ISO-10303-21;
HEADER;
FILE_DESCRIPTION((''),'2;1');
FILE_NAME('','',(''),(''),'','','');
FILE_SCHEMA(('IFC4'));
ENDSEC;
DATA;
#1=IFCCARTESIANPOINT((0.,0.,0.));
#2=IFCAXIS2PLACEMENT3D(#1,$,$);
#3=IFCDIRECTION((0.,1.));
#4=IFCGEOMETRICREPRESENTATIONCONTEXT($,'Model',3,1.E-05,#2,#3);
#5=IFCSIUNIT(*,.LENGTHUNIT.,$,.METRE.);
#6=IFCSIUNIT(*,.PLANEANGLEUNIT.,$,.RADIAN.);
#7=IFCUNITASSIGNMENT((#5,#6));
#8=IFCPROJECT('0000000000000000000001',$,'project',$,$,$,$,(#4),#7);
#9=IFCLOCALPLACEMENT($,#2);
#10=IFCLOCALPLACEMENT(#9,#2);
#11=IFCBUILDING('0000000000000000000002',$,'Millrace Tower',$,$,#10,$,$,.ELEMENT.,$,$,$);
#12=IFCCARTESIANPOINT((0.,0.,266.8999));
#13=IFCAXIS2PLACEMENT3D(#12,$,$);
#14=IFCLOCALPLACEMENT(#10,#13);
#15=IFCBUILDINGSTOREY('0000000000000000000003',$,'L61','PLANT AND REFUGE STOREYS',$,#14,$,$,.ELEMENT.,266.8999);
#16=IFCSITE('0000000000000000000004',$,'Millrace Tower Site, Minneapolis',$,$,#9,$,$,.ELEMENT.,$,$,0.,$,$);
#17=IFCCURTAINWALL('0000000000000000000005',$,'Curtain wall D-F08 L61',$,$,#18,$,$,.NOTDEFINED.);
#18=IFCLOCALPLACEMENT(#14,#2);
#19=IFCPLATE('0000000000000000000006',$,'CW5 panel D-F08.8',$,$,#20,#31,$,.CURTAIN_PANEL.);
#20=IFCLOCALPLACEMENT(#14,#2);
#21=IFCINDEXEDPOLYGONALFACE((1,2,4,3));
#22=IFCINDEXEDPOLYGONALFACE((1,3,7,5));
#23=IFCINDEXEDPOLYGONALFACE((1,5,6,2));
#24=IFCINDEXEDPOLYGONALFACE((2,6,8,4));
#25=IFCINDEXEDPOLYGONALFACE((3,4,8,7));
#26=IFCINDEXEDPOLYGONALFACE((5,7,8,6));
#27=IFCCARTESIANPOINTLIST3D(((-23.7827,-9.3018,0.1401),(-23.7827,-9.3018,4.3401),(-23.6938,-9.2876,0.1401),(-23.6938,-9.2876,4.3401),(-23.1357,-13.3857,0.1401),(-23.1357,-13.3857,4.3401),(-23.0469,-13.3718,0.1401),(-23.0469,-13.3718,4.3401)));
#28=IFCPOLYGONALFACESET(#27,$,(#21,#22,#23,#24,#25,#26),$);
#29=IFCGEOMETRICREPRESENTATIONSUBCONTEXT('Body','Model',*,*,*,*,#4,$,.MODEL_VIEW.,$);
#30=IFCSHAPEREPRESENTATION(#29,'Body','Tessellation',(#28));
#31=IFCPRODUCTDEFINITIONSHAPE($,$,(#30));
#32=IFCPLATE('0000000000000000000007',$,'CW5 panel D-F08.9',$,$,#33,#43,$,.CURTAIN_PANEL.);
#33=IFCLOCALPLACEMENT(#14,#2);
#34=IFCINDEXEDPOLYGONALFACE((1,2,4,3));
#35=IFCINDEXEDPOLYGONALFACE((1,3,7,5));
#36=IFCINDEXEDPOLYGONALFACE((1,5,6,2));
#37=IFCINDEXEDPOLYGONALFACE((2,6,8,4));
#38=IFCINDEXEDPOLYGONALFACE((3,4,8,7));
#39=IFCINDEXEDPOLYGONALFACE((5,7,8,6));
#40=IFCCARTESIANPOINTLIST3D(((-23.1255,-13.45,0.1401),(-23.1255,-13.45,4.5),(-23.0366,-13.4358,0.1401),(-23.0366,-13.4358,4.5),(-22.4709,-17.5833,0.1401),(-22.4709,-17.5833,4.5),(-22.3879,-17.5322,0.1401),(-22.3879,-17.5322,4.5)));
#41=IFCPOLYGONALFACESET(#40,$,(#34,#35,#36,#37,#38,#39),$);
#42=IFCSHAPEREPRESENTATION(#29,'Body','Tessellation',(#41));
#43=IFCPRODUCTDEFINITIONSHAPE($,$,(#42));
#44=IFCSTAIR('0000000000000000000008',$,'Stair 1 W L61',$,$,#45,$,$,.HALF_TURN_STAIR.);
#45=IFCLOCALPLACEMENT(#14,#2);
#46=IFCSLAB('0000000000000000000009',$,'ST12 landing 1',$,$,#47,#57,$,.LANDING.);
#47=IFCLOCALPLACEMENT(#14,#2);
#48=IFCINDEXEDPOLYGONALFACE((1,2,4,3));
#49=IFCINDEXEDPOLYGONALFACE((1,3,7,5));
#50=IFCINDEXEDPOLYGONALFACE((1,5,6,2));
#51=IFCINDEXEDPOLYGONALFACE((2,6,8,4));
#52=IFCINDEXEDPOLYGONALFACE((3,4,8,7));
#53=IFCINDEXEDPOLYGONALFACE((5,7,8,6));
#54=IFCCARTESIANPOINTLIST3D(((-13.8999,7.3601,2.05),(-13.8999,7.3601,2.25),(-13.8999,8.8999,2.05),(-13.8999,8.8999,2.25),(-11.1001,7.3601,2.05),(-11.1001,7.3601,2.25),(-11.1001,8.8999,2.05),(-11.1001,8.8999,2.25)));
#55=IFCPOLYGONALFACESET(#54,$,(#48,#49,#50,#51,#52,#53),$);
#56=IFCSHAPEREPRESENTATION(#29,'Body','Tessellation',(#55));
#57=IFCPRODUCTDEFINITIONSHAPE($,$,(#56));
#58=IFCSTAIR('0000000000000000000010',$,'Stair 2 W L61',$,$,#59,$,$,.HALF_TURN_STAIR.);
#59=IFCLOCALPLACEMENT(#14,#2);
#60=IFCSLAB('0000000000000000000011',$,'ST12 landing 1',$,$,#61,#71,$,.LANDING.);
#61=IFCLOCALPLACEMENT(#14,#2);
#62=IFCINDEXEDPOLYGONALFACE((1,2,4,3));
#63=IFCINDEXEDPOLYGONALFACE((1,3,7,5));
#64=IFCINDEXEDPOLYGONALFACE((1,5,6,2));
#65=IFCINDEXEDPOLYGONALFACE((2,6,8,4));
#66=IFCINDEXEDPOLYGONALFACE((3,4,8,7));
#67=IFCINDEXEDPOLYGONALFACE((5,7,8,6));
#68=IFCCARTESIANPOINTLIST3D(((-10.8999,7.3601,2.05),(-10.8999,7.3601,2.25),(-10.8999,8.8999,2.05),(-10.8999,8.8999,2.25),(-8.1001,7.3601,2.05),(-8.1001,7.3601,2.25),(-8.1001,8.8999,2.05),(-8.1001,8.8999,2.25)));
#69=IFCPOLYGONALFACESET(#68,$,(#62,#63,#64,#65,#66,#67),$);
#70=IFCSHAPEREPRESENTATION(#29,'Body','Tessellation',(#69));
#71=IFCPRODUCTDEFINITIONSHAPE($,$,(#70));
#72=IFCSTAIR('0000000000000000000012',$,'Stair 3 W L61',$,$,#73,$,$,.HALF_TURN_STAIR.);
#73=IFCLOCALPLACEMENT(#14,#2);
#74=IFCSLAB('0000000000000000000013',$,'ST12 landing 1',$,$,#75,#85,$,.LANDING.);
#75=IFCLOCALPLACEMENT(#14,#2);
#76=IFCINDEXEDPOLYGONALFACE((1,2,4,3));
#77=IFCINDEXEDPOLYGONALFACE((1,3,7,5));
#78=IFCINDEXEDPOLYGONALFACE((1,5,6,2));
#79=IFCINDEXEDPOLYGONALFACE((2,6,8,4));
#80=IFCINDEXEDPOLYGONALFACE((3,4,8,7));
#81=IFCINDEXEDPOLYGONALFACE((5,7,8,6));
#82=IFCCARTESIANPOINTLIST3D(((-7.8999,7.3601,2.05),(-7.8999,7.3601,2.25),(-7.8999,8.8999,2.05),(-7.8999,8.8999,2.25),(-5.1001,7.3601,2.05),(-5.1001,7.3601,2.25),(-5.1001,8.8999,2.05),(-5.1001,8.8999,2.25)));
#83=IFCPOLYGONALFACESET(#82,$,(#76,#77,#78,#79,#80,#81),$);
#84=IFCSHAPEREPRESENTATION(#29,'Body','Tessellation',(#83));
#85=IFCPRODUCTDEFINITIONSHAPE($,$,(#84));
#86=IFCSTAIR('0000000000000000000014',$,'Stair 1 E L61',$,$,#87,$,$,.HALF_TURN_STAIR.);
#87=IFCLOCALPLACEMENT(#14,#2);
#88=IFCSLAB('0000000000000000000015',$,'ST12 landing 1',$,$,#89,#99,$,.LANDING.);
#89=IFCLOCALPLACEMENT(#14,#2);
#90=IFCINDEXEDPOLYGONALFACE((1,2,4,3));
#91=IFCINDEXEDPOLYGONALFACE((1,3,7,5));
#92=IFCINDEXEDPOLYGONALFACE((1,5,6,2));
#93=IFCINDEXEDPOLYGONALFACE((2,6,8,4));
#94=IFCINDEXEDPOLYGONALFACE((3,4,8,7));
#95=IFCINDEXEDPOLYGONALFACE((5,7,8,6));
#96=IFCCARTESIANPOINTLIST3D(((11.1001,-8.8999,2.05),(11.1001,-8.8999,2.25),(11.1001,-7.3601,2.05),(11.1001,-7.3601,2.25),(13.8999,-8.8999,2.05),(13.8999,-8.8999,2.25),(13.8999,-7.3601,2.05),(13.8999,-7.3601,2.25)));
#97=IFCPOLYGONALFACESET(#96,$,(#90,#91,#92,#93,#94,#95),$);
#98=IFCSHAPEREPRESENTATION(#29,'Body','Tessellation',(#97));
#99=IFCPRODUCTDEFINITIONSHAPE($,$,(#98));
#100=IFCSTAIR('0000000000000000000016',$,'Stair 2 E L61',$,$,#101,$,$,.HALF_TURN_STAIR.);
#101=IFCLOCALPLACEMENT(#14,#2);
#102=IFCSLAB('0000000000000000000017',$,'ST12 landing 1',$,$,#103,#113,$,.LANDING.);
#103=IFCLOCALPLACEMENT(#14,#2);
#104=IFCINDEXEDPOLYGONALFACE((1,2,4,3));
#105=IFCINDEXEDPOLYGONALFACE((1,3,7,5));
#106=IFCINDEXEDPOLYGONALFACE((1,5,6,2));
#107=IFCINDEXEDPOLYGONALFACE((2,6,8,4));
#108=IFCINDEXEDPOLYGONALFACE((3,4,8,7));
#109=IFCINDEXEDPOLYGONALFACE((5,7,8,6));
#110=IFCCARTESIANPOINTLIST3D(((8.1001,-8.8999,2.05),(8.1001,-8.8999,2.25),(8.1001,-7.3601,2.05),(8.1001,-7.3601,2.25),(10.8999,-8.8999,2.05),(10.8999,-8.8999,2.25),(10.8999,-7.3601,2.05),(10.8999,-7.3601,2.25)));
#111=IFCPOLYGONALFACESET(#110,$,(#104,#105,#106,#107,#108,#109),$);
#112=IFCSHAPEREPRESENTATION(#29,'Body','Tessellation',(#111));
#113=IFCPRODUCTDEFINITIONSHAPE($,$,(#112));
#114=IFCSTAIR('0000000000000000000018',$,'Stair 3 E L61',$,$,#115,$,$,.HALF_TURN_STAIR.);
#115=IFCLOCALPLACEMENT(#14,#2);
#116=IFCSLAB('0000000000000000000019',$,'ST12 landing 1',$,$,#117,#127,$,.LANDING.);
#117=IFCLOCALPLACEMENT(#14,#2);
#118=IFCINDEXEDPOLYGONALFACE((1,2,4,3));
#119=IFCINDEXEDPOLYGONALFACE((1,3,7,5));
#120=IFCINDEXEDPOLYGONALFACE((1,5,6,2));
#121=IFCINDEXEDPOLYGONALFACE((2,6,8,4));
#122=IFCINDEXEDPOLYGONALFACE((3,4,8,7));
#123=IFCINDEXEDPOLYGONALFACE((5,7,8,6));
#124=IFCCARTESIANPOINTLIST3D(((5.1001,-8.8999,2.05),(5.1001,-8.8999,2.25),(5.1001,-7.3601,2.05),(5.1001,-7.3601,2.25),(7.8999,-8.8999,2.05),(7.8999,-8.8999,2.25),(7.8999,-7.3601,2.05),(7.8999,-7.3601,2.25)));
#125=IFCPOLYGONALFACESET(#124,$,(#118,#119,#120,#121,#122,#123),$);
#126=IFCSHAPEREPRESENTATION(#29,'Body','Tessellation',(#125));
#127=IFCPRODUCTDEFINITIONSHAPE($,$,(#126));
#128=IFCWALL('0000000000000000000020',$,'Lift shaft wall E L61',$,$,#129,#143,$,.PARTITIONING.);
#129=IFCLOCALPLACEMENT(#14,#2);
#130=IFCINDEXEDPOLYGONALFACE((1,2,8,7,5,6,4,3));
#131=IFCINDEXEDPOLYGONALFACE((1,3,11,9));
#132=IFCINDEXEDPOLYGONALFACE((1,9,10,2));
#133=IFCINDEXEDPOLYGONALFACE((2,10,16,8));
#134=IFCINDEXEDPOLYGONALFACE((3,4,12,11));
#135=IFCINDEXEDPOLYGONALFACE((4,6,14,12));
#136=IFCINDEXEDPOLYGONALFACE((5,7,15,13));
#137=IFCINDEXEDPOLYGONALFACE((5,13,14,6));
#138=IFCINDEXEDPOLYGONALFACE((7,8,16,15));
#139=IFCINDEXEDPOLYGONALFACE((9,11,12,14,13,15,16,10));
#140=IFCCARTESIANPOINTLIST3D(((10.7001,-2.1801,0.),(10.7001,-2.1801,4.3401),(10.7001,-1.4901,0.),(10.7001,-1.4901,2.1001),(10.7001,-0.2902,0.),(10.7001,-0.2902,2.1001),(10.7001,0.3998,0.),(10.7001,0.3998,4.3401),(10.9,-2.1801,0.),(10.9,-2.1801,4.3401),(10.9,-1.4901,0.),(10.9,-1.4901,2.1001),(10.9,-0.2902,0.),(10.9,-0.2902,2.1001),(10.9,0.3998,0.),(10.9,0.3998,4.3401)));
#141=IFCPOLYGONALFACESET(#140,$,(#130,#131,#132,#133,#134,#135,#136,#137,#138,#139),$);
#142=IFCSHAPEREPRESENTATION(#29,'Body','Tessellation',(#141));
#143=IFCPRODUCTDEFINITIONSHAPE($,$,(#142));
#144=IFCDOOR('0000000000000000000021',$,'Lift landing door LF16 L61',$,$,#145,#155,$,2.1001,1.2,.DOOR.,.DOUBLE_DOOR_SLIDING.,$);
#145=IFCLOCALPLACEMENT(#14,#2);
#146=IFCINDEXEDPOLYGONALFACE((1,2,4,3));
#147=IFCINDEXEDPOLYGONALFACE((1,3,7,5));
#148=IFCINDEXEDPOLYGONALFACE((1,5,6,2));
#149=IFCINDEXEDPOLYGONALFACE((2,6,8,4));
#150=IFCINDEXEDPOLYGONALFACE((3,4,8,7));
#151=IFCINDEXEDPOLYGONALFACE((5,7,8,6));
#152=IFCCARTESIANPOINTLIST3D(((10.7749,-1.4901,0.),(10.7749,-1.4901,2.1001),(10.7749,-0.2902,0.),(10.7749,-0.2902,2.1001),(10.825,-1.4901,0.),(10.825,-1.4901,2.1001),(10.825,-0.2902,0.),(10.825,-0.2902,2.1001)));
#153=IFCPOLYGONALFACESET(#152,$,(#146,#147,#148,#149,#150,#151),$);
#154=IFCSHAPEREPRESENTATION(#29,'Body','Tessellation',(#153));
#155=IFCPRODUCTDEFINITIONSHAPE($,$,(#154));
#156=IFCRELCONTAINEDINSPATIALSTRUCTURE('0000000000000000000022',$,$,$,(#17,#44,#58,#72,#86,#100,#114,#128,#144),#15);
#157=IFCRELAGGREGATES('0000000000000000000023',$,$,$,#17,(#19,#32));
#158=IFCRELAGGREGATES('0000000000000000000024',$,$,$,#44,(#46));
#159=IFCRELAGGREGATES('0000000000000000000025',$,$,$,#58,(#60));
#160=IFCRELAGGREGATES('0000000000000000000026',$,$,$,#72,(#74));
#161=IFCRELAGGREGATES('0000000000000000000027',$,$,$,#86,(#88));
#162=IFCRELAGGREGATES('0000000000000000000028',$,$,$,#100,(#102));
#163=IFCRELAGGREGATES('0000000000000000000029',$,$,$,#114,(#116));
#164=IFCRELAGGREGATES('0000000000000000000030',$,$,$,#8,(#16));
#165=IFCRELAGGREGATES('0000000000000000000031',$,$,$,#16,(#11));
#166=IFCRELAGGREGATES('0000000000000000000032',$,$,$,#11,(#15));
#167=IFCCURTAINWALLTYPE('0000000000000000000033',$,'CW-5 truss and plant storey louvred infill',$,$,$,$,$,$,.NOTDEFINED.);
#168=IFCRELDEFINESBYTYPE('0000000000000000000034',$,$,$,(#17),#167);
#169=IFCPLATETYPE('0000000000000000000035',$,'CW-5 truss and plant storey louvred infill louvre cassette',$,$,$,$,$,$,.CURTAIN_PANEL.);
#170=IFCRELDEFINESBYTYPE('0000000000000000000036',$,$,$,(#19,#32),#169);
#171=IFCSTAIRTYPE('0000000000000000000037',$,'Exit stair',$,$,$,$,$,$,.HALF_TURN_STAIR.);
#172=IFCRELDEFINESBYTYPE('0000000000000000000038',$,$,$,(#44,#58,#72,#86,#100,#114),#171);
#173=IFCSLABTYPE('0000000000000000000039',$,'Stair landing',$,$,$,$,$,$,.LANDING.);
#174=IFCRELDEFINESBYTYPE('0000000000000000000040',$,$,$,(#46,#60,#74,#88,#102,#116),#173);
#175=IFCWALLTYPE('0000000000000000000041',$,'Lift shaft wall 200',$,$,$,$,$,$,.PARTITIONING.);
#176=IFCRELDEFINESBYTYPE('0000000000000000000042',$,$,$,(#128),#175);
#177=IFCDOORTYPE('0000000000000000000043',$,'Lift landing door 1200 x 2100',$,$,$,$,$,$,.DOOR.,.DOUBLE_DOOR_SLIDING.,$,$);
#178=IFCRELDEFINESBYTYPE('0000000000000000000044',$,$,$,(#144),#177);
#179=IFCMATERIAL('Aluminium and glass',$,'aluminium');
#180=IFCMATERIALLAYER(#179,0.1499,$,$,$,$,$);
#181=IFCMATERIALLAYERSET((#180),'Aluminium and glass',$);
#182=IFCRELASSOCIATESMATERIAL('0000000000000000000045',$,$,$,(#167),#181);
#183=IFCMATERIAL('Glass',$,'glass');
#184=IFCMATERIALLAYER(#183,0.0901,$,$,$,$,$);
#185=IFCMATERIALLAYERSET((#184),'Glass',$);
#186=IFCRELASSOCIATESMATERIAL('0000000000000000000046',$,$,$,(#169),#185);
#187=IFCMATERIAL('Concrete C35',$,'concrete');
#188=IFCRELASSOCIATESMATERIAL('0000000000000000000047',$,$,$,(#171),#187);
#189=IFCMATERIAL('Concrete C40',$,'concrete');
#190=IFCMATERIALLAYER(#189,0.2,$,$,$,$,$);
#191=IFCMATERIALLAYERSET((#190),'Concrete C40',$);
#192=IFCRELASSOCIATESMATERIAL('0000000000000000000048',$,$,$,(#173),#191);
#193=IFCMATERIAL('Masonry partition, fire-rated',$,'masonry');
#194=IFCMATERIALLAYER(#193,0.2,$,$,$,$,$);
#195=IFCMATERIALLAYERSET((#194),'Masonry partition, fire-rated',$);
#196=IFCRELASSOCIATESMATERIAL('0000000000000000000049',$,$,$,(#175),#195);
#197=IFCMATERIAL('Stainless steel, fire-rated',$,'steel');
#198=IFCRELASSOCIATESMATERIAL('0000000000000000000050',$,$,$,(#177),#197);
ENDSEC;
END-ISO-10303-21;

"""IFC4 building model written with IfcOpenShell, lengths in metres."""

from ifc_helpers import new_model, si_unit, direction, frame, frame_2d, origin, place, context, subcontext, project, spatial, polyline, rectangle, outline, extrude, material, layer, layer_set, type_object, element, fill, aggregate, save


model = new_model("IFC4")

# Units and contexts
model_context = context("Model", 3, precision=1e-05, world=origin(), true_north=direction((0.0, 1.0)))
body_context = subcontext(model_context, "Body", "Model", "MODEL_VIEW")
ifc_project = project(units=[si_unit("LENGTHUNIT", "METRE"), si_unit("PLANEANGLEUNIT", "RADIAN")], contexts=[model_context])

# Site, building, storey
site_placement = place(None, origin())
site = spatial("IfcSite", under=ifc_project, at=site_placement, Name="Millrace Tower Site, Minneapolis", CompositionType="ELEMENT", RefElevation=0.0)
building_placement = place(site_placement, origin())
building = spatial("IfcBuilding", under=site, at=building_placement, Name="Millrace Tower", CompositionType="ELEMENT")
storey_placement = place(building_placement, frame((0.0, 0.0, 266.8999)))
storey = spatial("IfcBuildingStorey", under=building, at=storey_placement, Name="L61", Description="PLANT AND REFUGE STOREYS", CompositionType="ELEMENT", Elevation=266.8999)

# Shared definitions
ifc_material_1 = material(Name="Aluminium and glass", Category="aluminium")
ifc_layer_1 = layer(ifc_material_1, 0.1499)
ifc_layer_set_1 = layer_set([ifc_layer_1], Name="Aluminium and glass")
curtain_wall_type = type_object("IfcCurtainWallType", Name="CW-5 truss and plant storey louvred infill", PredefinedType="NOTDEFINED", material=ifc_layer_set_1)
placement_1 = place(storey_placement, origin())
ifc_material_2 = material(Name="Glass", Category="glass")
ifc_layer_2 = layer(ifc_material_2, 0.0901)
ifc_layer_set_2 = layer_set([ifc_layer_2], Name="Glass")
plate_type = type_object("IfcPlateType", Name="CW-5 truss and plant storey louvred infill louvre cassette", PredefinedType="CURTAIN_PANEL", material=ifc_layer_set_2)
placement_2 = place(storey_placement, frame((0.0, 0.0, 0.1401)))

# Curtain wall, plates
curtain_wall_1 = element("IfcCurtainWall", 1, at=placement_1, inside=storey, type_object=curtain_wall_type, Name="Curtain wall D-F08 L61", PredefinedType="NOTDEFINED")
plate_1 = element("IfcPlate", 2, at=placement_2, type_object=plate_type, Name="CW5 panel D-F08.8", PredefinedType="CURTAIN_PANEL", context=body_context, shape_type="SweptSolid", body=[
    extrude(outline(polyline([(-23.7827, -9.3018), (-23.1357, -13.3857), (-23.0469, -13.3718), (-23.6938, -9.2876), (-23.7827, -9.3018)])), origin(), (0.0, 0.0, 1.0), 4.2),
])
plate_2 = element("IfcPlate", 3, at=placement_2, type_object=plate_type, Name="CW5 panel D-F08.9", PredefinedType="CURTAIN_PANEL", context=body_context, shape_type="SweptSolid", body=[
    extrude(outline(polyline([(-23.1255, -13.45), (-22.4709, -17.5833), (-22.3879, -17.5322), (-23.0366, -13.4358), (-23.1255, -13.45)])), origin(), (0.0, 0.0, 1.0), 4.3599),
])
aggregate(curtain_wall_1, [plate_1, plate_2])

# Stairs, slabs
ifc_material_3 = material(Name="Concrete C35", Category="concrete")
stair_type = type_object("IfcStairType", Name="Exit stair", PredefinedType="HALF_TURN_STAIR", material=ifc_material_3)
stair_1 = element("IfcStair", 4, at=placement_1, inside=storey, type_object=stair_type, Name="Stair 1 W L61", PredefinedType="HALF_TURN_STAIR")
ifc_material_4 = material(Name="Concrete C40", Category="concrete")
ifc_layer_3 = layer(ifc_material_4, 0.2)
ifc_layer_set_3 = layer_set([ifc_layer_3], Name="Concrete C40")
slab_type = type_object("IfcSlabType", Name="Stair landing", PredefinedType="LANDING", material=ifc_layer_set_3)
placement_3 = place(storey_placement, frame((0.0, 0.0, 2.05)))
slab_1 = element("IfcSlab", 5, at=placement_3, type_object=slab_type, Name="ST12 landing 1", PredefinedType="LANDING", context=body_context, shape_type="SweptSolid", body=[
    extrude(outline(polyline([(-13.8999, 7.3601), (-11.1001, 7.3601), (-11.1001, 8.8999), (-13.8999, 8.8999), (-13.8999, 7.3601)])), origin(), (0.0, 0.0, 1.0), 0.2),
])
aggregate(stair_1, [slab_1])
stair_2 = element("IfcStair", 6, at=placement_1, inside=storey, type_object=stair_type, Name="Stair 2 W L61", PredefinedType="HALF_TURN_STAIR")
slab_2 = element("IfcSlab", 7, at=placement_3, type_object=slab_type, Name="ST12 landing 1", PredefinedType="LANDING", context=body_context, shape_type="SweptSolid", body=[
    extrude(outline(polyline([(-10.8999, 7.3601), (-8.1001, 7.3601), (-8.1001, 8.8999), (-10.8999, 8.8999), (-10.8999, 7.3601)])), origin(), (0.0, 0.0, 1.0), 0.2),
])
aggregate(stair_2, [slab_2])
stair_3 = element("IfcStair", 8, at=placement_1, inside=storey, type_object=stair_type, Name="Stair 3 W L61", PredefinedType="HALF_TURN_STAIR")
slab_3 = element("IfcSlab", 9, at=placement_3, type_object=slab_type, Name="ST12 landing 1", PredefinedType="LANDING", context=body_context, shape_type="SweptSolid", body=[
    extrude(outline(polyline([(-7.8999, 7.3601), (-5.1001, 7.3601), (-5.1001, 8.8999), (-7.8999, 8.8999), (-7.8999, 7.3601)])), origin(), (0.0, 0.0, 1.0), 0.2),
])
aggregate(stair_3, [slab_3])
stair_4 = element("IfcStair", 10, at=placement_1, inside=storey, type_object=stair_type, Name="Stair 1 E L61", PredefinedType="HALF_TURN_STAIR")
slab_4 = element("IfcSlab", 11, at=placement_3, type_object=slab_type, Name="ST12 landing 1", PredefinedType="LANDING", context=body_context, shape_type="SweptSolid", body=[
    extrude(outline(polyline([(11.1001, -8.8999), (13.8999, -8.8999), (13.8999, -7.3601), (11.1001, -7.3601), (11.1001, -8.8999)])), origin(), (0.0, 0.0, 1.0), 0.2),
])
aggregate(stair_4, [slab_4])
stair_5 = element("IfcStair", 12, at=placement_1, inside=storey, type_object=stair_type, Name="Stair 2 E L61", PredefinedType="HALF_TURN_STAIR")
slab_5 = element("IfcSlab", 13, at=placement_3, type_object=slab_type, Name="ST12 landing 1", PredefinedType="LANDING", context=body_context, shape_type="SweptSolid", body=[
    extrude(outline(polyline([(8.1001, -8.8999), (10.8999, -8.8999), (10.8999, -7.3601), (8.1001, -7.3601), (8.1001, -8.8999)])), origin(), (0.0, 0.0, 1.0), 0.2),
])
aggregate(stair_5, [slab_5])
stair_6 = element("IfcStair", 14, at=placement_1, inside=storey, type_object=stair_type, Name="Stair 3 E L61", PredefinedType="HALF_TURN_STAIR")
slab_6 = element("IfcSlab", 15, at=placement_3, type_object=slab_type, Name="ST12 landing 1", PredefinedType="LANDING", context=body_context, shape_type="SweptSolid", body=[
    extrude(outline(polyline([(5.1001, -8.8999), (7.8999, -8.8999), (7.8999, -7.3601), (5.1001, -7.3601), (5.1001, -8.8999)])), origin(), (0.0, 0.0, 1.0), 0.2),
])
aggregate(stair_6, [slab_6])

# Wall, opening, door
ifc_material_5 = material(Name="Masonry partition, fire-rated", Category="masonry")
ifc_layer_4 = layer(ifc_material_5, 0.2)
ifc_layer_set_4 = layer_set([ifc_layer_4], Name="Masonry partition, fire-rated")
wall_type_1 = type_object("IfcWallType", Name="Lift shaft wall 200", PredefinedType="PARTITIONING", material=ifc_layer_set_4)
wall_1_placement = place(storey_placement, frame((10.8, 0.3999, 0.0), z_axis=(0.0, 0.0, 1.0), x_axis=(0.0, -1.0, 0.0)))
wall_1 = element("IfcWall", 16, at=wall_1_placement, inside=storey, type_object=wall_type_1, Name="Lift shaft wall E L61", PredefinedType="PARTITIONING", context=body_context, shape_type="SweptSolid", body=[
    extrude(rectangle(XDim=2.5798, YDim=0.2, at=frame_2d((1.29, 0.0))), origin(), (0.0, 0.0, 1.0), 4.3401),
])
opening_1_placement = place(wall_1_placement, frame((0.6899, 0.0, 0.0)))
opening_1 = element("IfcOpeningElement", 17, at=opening_1_placement, cuts=wall_1, PredefinedType="OPENING", context=body_context, shape_type="SweptSolid", body=[
    extrude(rectangle(XDim=1.2, YDim=2.1001, at=frame_2d((0.6001, 1.05))), frame((0.0, 0.1099, 0.0), z_axis=(0.0, -1.0, 0.0), x_axis=(1.0, 0.0, 0.0)), (0.0, 0.0, 1.0), 0.22),
])
ifc_material_6 = material(Name="Stainless steel, fire-rated", Category="steel")
door_type_1 = type_object("IfcDoorType", Name="Lift landing door 1200 x 2100", OperationType="DOUBLE_DOOR_SLIDING", PredefinedType="DOOR", material=ifc_material_6)
door_1_placement = place(opening_1_placement, origin())
door_1 = element("IfcDoor", 18, at=door_1_placement, inside=storey, type_object=door_type_1, Name="Lift landing door LF16 L61", OperationType="DOUBLE_DOOR_SLIDING", OverallHeight=2.1001, OverallWidth=1.2, PredefinedType="DOOR", context=body_context, shape_type="SweptSolid", body=[
    extrude(rectangle(XDim=1.2, YDim=2.1001, at=frame_2d((0.6001, 1.05))), frame((0.0, 0.0249, 0.0), z_axis=(0.0, -1.0, 0.0), x_axis=(1.0, 0.0, 0.0)), (0.0, 0.0, 1.0), 0.05),
])
fill(opening_1, door_1)

save(model, "model.ifc")
